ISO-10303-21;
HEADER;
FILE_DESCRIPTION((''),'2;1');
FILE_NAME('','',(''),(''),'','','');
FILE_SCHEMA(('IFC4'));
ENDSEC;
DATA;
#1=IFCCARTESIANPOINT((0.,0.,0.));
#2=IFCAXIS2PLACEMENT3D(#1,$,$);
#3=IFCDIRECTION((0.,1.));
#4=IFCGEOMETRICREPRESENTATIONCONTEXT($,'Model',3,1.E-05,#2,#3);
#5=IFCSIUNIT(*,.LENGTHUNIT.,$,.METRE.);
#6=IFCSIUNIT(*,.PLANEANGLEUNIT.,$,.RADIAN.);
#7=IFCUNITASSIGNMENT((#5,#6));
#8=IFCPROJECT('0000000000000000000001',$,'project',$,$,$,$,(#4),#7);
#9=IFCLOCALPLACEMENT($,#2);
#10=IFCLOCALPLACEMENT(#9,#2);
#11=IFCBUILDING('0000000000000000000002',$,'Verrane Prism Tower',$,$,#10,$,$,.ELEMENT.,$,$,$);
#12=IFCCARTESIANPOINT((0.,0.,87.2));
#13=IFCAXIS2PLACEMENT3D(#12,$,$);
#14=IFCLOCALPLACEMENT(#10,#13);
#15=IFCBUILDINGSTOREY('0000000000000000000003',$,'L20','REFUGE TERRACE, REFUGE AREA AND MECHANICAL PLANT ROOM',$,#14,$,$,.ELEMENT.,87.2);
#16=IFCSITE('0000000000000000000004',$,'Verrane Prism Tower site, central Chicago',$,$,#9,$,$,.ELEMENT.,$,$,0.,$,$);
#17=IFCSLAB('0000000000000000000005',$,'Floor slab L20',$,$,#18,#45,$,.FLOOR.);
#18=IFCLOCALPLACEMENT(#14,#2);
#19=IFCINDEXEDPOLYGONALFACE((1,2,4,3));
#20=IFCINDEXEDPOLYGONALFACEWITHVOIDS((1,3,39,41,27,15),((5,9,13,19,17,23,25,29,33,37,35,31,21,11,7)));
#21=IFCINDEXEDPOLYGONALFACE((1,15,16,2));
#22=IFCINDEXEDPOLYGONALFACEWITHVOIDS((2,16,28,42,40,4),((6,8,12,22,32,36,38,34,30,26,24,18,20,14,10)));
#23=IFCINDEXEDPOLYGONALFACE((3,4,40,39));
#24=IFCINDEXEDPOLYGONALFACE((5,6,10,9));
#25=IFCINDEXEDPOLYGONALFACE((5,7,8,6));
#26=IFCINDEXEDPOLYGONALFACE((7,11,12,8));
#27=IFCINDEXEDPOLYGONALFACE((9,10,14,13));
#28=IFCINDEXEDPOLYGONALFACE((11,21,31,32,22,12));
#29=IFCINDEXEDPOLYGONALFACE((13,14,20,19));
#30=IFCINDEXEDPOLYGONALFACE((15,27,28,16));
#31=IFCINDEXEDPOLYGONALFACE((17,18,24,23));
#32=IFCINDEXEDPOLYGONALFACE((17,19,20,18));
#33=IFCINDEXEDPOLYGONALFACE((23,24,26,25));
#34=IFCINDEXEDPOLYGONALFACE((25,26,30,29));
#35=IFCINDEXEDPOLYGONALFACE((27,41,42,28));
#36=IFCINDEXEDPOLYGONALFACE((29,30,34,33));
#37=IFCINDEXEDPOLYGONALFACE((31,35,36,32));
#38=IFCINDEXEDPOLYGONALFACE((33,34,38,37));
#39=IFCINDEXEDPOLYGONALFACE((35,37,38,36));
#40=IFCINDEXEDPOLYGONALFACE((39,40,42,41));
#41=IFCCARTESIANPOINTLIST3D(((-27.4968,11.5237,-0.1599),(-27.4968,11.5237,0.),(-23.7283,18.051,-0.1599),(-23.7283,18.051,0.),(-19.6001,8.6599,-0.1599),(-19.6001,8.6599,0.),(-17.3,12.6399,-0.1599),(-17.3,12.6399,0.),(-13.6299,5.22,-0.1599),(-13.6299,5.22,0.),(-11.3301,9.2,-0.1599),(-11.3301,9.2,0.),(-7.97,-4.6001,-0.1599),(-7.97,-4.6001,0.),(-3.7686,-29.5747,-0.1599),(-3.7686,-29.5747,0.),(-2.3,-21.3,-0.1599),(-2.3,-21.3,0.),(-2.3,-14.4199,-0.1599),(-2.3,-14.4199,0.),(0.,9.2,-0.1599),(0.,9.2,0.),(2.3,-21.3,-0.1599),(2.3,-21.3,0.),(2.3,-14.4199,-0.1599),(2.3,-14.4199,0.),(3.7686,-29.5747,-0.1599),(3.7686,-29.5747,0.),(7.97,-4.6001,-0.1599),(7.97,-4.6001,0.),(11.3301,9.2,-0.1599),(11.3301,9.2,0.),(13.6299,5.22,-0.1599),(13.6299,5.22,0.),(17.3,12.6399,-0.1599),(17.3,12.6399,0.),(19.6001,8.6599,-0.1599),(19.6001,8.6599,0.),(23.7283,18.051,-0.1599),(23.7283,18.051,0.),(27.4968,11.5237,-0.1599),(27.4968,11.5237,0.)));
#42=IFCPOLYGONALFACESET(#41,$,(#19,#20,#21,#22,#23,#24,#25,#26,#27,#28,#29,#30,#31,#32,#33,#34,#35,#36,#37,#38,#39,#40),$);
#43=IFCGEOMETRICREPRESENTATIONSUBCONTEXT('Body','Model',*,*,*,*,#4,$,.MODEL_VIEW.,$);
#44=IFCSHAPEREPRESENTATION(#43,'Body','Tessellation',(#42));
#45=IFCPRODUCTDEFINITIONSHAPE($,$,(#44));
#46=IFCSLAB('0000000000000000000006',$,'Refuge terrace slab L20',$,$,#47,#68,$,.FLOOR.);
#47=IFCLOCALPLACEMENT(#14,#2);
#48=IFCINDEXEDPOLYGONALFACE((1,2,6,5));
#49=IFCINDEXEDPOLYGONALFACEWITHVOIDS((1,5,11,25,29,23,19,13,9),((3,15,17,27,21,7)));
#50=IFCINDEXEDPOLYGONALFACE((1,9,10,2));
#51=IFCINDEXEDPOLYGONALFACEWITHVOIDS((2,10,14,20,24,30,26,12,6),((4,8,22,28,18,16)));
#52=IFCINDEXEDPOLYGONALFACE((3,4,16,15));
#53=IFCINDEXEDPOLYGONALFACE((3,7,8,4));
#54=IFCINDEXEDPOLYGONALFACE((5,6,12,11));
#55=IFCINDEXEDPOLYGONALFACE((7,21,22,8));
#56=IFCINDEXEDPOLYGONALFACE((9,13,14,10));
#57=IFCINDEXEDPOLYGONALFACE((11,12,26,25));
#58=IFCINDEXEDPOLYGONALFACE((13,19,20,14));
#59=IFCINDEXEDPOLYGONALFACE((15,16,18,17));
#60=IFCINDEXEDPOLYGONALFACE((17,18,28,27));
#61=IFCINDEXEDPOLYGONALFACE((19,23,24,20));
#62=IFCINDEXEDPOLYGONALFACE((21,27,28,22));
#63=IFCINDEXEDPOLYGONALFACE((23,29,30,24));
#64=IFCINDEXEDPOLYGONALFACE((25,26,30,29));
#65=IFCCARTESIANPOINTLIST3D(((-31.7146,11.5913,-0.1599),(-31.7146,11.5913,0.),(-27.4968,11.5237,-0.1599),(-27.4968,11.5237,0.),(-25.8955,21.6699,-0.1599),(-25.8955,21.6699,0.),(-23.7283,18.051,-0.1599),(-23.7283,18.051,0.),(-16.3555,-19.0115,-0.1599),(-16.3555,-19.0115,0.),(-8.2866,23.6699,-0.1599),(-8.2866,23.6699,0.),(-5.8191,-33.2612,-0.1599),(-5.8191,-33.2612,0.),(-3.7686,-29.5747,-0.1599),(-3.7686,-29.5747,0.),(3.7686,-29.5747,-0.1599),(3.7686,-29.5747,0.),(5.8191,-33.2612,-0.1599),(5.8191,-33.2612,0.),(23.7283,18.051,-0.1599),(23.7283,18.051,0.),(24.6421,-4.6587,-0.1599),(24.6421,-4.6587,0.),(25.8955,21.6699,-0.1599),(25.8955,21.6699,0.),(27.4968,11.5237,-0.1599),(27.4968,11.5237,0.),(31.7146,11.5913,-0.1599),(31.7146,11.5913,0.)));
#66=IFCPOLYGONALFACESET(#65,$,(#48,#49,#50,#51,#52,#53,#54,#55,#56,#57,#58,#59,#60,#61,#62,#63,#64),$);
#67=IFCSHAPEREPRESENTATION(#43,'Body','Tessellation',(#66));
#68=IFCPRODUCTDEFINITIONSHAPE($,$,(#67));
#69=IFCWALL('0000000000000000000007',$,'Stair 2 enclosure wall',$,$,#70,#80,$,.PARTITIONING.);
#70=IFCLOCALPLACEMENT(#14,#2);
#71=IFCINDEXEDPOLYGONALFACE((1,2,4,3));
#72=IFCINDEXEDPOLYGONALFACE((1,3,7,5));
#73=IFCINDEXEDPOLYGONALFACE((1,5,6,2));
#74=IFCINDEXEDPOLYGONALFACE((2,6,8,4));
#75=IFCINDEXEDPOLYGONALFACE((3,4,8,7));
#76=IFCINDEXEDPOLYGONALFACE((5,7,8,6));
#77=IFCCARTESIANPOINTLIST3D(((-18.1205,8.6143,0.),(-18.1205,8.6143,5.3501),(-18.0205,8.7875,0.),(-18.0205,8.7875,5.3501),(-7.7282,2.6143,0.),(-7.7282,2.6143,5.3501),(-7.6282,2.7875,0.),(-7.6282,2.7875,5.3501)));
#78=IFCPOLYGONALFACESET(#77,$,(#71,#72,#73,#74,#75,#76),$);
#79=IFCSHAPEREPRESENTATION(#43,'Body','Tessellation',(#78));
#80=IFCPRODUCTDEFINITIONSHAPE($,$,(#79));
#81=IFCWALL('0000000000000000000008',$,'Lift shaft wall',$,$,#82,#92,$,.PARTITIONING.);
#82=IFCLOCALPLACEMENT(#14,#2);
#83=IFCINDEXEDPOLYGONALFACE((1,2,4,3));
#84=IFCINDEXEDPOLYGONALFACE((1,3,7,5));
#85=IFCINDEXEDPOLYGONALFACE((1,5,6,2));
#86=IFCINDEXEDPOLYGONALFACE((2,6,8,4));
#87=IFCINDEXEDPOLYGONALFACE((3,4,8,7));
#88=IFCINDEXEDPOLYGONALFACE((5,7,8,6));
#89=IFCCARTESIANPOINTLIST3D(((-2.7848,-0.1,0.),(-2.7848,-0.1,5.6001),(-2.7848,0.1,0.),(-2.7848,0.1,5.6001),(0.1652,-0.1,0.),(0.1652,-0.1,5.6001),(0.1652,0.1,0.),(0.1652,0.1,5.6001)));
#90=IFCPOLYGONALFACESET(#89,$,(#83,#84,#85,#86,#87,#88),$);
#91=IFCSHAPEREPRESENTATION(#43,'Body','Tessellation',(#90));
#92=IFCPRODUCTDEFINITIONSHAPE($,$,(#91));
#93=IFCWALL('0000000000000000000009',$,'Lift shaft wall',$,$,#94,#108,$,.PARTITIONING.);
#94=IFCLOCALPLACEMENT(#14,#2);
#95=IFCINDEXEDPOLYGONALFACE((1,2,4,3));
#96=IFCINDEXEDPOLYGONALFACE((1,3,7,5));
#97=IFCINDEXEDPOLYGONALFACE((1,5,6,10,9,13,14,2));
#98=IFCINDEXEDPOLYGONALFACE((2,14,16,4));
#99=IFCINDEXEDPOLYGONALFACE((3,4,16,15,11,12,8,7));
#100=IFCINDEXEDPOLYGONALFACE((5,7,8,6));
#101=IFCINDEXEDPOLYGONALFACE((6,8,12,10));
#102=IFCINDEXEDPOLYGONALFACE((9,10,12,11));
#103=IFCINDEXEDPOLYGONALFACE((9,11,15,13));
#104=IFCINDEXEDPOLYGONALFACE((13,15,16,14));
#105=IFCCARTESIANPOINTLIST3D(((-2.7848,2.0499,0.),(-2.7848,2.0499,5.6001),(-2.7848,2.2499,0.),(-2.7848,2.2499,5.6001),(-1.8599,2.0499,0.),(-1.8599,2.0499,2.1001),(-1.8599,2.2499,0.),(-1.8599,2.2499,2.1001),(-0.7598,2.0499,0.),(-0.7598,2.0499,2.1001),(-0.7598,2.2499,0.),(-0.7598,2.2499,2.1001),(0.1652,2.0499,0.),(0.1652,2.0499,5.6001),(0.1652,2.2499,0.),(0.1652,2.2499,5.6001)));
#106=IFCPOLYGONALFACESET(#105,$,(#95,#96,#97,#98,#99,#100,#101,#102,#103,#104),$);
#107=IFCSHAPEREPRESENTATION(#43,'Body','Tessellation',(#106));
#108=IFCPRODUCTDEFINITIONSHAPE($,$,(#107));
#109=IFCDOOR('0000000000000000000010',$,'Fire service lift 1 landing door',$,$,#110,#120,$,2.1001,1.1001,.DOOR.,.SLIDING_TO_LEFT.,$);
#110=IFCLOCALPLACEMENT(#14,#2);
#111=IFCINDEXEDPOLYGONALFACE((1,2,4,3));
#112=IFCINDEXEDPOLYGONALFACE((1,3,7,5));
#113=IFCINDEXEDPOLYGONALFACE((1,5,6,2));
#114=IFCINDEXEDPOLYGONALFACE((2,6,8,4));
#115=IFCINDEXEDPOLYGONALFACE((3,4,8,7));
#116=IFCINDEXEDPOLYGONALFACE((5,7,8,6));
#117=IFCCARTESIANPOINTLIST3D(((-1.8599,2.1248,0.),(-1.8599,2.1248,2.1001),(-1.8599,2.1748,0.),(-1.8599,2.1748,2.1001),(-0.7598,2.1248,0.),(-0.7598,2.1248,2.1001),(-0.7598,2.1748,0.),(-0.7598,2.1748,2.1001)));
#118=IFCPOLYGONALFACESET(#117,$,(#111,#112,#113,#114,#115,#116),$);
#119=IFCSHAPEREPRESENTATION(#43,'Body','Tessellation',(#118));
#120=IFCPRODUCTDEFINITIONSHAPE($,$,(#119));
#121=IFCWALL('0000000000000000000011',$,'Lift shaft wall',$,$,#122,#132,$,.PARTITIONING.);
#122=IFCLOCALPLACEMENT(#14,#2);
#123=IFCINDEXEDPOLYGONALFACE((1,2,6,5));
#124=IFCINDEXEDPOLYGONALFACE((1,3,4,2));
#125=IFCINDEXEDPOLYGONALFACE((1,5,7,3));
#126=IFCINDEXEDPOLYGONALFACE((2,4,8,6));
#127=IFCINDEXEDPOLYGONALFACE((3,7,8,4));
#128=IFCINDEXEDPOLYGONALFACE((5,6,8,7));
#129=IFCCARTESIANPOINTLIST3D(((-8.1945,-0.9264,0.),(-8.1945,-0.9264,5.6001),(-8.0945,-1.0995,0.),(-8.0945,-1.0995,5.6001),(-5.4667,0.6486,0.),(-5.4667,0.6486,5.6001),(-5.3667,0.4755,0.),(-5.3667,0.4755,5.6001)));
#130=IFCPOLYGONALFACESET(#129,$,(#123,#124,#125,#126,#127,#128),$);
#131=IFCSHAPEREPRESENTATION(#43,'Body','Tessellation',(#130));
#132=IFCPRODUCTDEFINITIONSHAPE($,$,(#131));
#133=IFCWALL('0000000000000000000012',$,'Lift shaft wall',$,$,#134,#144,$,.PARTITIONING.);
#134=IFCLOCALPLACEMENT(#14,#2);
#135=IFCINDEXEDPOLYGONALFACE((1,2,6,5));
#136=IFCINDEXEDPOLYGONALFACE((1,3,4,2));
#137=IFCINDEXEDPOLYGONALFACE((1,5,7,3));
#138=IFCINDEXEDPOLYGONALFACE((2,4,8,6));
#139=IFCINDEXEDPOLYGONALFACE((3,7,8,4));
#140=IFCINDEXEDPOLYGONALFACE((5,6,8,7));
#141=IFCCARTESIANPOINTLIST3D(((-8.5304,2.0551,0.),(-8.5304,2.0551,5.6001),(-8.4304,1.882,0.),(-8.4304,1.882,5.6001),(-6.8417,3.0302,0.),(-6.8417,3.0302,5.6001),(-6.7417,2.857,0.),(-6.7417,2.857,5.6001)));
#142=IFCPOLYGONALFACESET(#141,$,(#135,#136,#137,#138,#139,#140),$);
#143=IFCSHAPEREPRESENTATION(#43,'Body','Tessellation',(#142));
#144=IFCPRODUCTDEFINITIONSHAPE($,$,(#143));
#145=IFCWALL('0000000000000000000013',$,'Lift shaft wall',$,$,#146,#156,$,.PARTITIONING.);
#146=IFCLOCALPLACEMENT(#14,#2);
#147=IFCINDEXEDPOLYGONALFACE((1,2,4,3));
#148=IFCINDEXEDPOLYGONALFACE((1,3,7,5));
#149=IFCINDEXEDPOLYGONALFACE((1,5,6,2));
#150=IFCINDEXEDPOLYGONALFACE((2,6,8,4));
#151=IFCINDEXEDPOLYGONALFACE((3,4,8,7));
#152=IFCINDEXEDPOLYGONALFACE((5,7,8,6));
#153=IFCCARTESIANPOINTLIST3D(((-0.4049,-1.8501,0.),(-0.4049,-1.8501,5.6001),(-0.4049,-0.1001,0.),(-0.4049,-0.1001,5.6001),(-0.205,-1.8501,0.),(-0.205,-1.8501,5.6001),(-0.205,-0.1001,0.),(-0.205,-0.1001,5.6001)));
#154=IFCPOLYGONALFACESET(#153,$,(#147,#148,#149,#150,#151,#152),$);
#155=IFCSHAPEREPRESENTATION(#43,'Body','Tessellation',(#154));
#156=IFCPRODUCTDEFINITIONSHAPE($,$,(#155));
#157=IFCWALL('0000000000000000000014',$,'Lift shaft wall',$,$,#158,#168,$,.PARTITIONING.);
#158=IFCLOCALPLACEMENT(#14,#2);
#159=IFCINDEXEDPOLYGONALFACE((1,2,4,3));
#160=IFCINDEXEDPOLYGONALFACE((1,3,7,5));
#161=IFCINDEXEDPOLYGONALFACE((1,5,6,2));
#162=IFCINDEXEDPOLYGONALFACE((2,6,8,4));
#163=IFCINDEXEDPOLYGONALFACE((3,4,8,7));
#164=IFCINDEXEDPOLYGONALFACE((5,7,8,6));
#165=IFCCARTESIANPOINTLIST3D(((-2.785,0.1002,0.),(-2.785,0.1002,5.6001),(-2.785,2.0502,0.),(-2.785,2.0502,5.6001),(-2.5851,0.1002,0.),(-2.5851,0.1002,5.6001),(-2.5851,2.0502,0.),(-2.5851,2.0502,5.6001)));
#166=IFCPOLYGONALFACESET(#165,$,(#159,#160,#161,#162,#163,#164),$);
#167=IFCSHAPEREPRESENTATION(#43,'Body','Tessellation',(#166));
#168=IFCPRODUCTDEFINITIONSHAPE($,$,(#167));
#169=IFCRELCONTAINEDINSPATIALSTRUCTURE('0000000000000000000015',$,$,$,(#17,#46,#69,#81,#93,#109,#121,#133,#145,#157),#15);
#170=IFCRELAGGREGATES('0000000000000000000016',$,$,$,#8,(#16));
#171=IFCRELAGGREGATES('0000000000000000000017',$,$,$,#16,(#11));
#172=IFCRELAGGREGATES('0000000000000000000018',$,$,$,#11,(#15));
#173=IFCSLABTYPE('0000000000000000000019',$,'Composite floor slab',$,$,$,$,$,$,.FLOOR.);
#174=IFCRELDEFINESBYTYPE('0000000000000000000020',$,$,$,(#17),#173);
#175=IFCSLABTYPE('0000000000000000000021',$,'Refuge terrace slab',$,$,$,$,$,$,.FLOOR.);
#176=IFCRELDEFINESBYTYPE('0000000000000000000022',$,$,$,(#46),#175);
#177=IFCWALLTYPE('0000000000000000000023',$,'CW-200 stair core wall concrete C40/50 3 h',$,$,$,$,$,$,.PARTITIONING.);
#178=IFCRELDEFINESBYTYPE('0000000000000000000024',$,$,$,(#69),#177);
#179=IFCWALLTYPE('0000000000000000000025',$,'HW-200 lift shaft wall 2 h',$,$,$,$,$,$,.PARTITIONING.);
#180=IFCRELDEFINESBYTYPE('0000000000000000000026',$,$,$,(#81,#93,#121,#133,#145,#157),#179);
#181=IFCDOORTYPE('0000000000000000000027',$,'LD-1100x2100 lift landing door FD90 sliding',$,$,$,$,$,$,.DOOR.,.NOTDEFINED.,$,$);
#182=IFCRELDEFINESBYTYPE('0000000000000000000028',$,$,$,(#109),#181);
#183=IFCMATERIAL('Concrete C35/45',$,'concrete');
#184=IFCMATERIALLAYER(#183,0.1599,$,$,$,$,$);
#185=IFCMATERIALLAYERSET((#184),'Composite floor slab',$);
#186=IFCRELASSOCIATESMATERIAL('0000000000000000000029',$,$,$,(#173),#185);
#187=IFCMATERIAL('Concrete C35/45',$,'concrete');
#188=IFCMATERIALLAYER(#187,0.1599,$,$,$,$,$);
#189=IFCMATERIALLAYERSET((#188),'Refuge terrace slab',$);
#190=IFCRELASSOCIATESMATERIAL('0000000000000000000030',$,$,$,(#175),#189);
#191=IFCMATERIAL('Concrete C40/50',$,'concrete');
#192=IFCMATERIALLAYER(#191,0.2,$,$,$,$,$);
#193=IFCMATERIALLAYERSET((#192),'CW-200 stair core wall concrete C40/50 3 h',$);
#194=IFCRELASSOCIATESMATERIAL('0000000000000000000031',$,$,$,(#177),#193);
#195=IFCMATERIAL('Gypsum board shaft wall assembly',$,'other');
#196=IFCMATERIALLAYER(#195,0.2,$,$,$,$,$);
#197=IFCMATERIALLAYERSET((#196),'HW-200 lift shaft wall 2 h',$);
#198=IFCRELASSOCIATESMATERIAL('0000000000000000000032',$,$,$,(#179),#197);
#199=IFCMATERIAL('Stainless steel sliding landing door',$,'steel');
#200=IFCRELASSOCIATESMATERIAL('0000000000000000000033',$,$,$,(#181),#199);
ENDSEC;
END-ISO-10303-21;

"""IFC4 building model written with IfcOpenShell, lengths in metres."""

from ifc_helpers import new_model, si_unit, direction, frame, frame_2d, origin, place, context, subcontext, project, spatial, polyline, rectangle, outline, extrude, material, layer, layer_set, type_object, element, fill, save


model = new_model("IFC4")

# Units and contexts
model_context = context("Model", 3, precision=1e-05, world=origin(), true_north=direction((0.0, 1.0)))
body_context = subcontext(model_context, "Body", "Model", "MODEL_VIEW")
ifc_project = project(units=[si_unit("LENGTHUNIT", "METRE"), si_unit("PLANEANGLEUNIT", "RADIAN")], contexts=[model_context])

# Site, building, storey
site_placement = place(None, origin())
site = spatial("IfcSite", under=ifc_project, at=site_placement, Name="Verrane Prism Tower site, central Chicago", CompositionType="ELEMENT", RefElevation=0.0)
building_placement = place(site_placement, origin())
building = spatial("IfcBuilding", under=site, at=building_placement, Name="Verrane Prism Tower", CompositionType="ELEMENT")
storey_placement = place(building_placement, frame((0.0, 0.0, 87.2)))
storey = spatial("IfcBuildingStorey", under=building, at=storey_placement, Name="L20", Description="REFUGE TERRACE, REFUGE AREA AND MECHANICAL PLANT ROOM", CompositionType="ELEMENT", Elevation=87.2)

# Slabs
ifc_material_1 = material(Name="Concrete C35/45", Category="concrete")
ifc_layer_1 = layer(ifc_material_1, 0.1599)
ifc_layer_set_1 = layer_set([ifc_layer_1], Name="Composite floor slab")
slab_type_1 = type_object("IfcSlabType", Name="Composite floor slab", PredefinedType="FLOOR", material=ifc_layer_set_1)
slab_1_placement = place(storey_placement, frame((0.0, 0.0, -0.1599)))
element("IfcSlab", 1, at=slab_1_placement, inside=storey, type_object=slab_type_1, Name="Floor slab L20", PredefinedType="FLOOR", context=body_context, shape_type="SweptSolid", body=[
    extrude(outline(polyline([(-3.7686, -29.5747), (-27.4968, 11.5237), (-23.7283, 18.051), (23.7283, 18.051), (27.4968, 11.5237), (3.7686, -29.5747), (-3.7686, -29.5747)]), holes=[polyline([(17.3, 12.6399), (11.3301, 9.2), (0.0, 9.2), (-11.3301, 9.2), (-17.3, 12.6399), (-19.6001, 8.6599), (-13.6299, 5.22), (-7.97, -4.6001), (-2.3, -14.4199), (-2.3, -21.3), (2.3, -21.3), (2.3, -14.4199), (7.97, -4.6001), (13.6299, 5.22), (19.6001, 8.6599), (17.3, 12.6399)])]), origin(), (0.0, 0.0, 1.0), 0.1599),
])
ifc_material_2 = material(Name="Concrete C35/45", Category="concrete")
ifc_layer_2 = layer(ifc_material_2, 0.1599)
ifc_layer_set_2 = layer_set([ifc_layer_2], Name="Refuge terrace slab")
slab_type_2 = type_object("IfcSlabType", Name="Refuge terrace slab", PredefinedType="FLOOR", material=ifc_layer_set_2)
slab_2_placement = place(storey_placement, frame((0.0, 0.0, -0.1599)))
element("IfcSlab", 2, at=slab_2_placement, inside=storey, type_object=slab_type_2, Name="Refuge terrace slab L20", PredefinedType="FLOOR", context=body_context, shape_type="SweptSolid", body=[
    extrude(outline(polyline([(5.8191, -33.2612), (-5.8191, -33.2612), (-16.3555, -19.0115), (-31.7146, 11.5913), (-25.8955, 21.6699), (-8.2866, 23.6699), (25.8955, 21.6699), (31.7146, 11.5913), (24.6421, -4.6587), (5.8191, -33.2612)]), holes=[polyline([(27.4968, 11.5237), (23.7283, 18.051), (-23.7283, 18.051), (-27.4968, 11.5237), (-3.7686, -29.5747), (3.7686, -29.5747), (27.4968, 11.5237)])]), origin(), (0.0, 0.0, 1.0), 0.1599),
])

# Walls
ifc_material_3 = material(Name="Concrete C40/50", Category="concrete")
ifc_layer_3 = layer(ifc_material_3, 0.2)
ifc_layer_set_3 = layer_set([ifc_layer_3], Name="CW-200 stair core wall concrete C40/50 3 h")
wall_type_1 = type_object("IfcWallType", Name="CW-200 stair core wall concrete C40/50 3 h", PredefinedType="PARTITIONING", material=ifc_layer_set_3)
wall_1_placement = place(storey_placement, frame((-7.6782, 2.7009, 0.0), z_axis=(0.0, 0.0, 1.0), x_axis=(-0.866026, 0.499999, 0.0)))
element("IfcWall", 3, at=wall_1_placement, inside=storey, type_object=wall_type_1, Name="Stair 2 enclosure wall", PredefinedType="PARTITIONING", context=body_context, shape_type="SweptSolid", body=[
    extrude(rectangle(XDim=12.0, YDim=0.2, at=frame_2d((6.0, 0.0))), origin(), (0.0, 0.0, 1.0), 5.3501),
])
ifc_material_4 = material(Name="Gypsum board shaft wall assembly", Category="other")
ifc_layer_4 = layer(ifc_material_4, 0.2)
ifc_layer_set_4 = layer_set([ifc_layer_4], Name="HW-200 lift shaft wall 2 h")
wall_type_2 = type_object("IfcWallType", Name="HW-200 lift shaft wall 2 h", PredefinedType="PARTITIONING", material=ifc_layer_set_4)
wall_2_placement = place(storey_placement, frame((-2.7849, 0.0, 0.0), z_axis=(0.0, 0.0, 1.0), x_axis=(1.0, 0.0, 0.0)))
element("IfcWall", 4, at=wall_2_placement, inside=storey, type_object=wall_type_2, Name="Lift shaft wall", PredefinedType="PARTITIONING", context=body_context, shape_type="SweptSolid", body=[
    extrude(rectangle(XDim=2.95, YDim=0.2, at=frame_2d((1.4751, 0.0))), origin(), (0.0, 0.0, 1.0), 5.6001),
])

# Wall, opening, door
wall_3_placement = place(storey_placement, frame((-2.7849, 2.1499, 0.0), z_axis=(0.0, 0.0, 1.0), x_axis=(1.0, 0.0, 0.0)))
wall_3 = element("IfcWall", 5, at=wall_3_placement, inside=storey, type_object=wall_type_2, Name="Lift shaft wall", PredefinedType="PARTITIONING", context=body_context, shape_type="SweptSolid", body=[
    extrude(rectangle(XDim=2.95, YDim=0.2, at=frame_2d((1.4751, 0.0))), origin(), (0.0, 0.0, 1.0), 5.6001),
])
opening_1_placement = place(wall_3_placement, frame((0.925, 0.0, 0.0)))
opening_1 = element("IfcOpeningElement", 6, at=opening_1_placement, cuts=wall_3, PredefinedType="OPENING", context=body_context, shape_type="SweptSolid", body=[
    extrude(rectangle(XDim=1.1001, YDim=2.1001, at=frame_2d((0.55, 1.05))), frame((0.0, 0.1099, 0.0), z_axis=(0.0, -1.0, 0.0), x_axis=(1.0, 0.0, 0.0)), (0.0, 0.0, 1.0), 0.22),
])
ifc_material_5 = material(Name="Stainless steel sliding landing door", Category="steel")
door_type = type_object("IfcDoorType", Name="LD-1100x2100 lift landing door FD90 sliding", OperationType="NOTDEFINED", PredefinedType="DOOR", material=ifc_material_5)
door_1_placement = place(opening_1_placement, origin())
door_1 = element("IfcDoor", 7, at=door_1_placement, inside=storey, type_object=door_type, Name="Fire service lift 1 landing door", OperationType="SLIDING_TO_LEFT", OverallHeight=2.1001, OverallWidth=1.1001, PredefinedType="DOOR", context=body_context, shape_type="SweptSolid", body=[
    extrude(rectangle(XDim=1.1001, YDim=2.1001, at=frame_2d((0.55, 1.05))), frame((0.0, 0.0249, 0.0), z_axis=(0.0, -1.0, 0.0), x_axis=(1.0, 0.0, 0.0)), (0.0, 0.0, 1.0), 0.05),
])
fill(opening_1, door_1)

# Walls
wall_4_placement = place(storey_placement, frame((-8.1445, -1.0129, 0.0), z_axis=(0.0, 0.0, 1.0), x_axis=(0.866016, 0.500015, 0.0)))
element("IfcWall", 8, at=wall_4_placement, inside=storey, type_object=wall_type_2, Name="Lift shaft wall", PredefinedType="PARTITIONING", context=body_context, shape_type="SweptSolid", body=[
    extrude(rectangle(XDim=3.1499, YDim=0.2, at=frame_2d((1.575, 0.0))), origin(), (0.0, 0.0, 1.0), 5.6001),
])
wall_5_placement = place(storey_placement, frame((-8.4805, 1.9685, 0.0), z_axis=(0.0, 0.0, 1.0), x_axis=(0.866, 0.500044, 0.0)))
element("IfcWall", 9, at=wall_5_placement, inside=storey, type_object=wall_type_2, Name="Lift shaft wall", PredefinedType="PARTITIONING", context=body_context, shape_type="SweptSolid", body=[
    extrude(rectangle(XDim=1.95, YDim=0.2, at=frame_2d((0.9751, 0.0))), origin(), (0.0, 0.0, 1.0), 5.6001),
])
wall_6_placement = place(storey_placement, frame((-0.3049, -1.8501, 0.0), z_axis=(0.0, 0.0, 1.0), x_axis=(0.0, 1.0, 0.0)))
element("IfcWall", 10, at=wall_6_placement, inside=storey, type_object=wall_type_2, Name="Lift shaft wall", PredefinedType="PARTITIONING", context=body_context, shape_type="SweptSolid", body=[
    extrude(rectangle(XDim=1.75, YDim=0.2, at=frame_2d((0.875, 0.0))), origin(), (0.0, 0.0, 1.0), 5.6001),
])
wall_7_placement = place(storey_placement, frame((-2.6851, 0.1001, 0.0), z_axis=(0.0, 0.0, 1.0), x_axis=(0.0, 1.0, 0.0)))
element("IfcWall", 11, at=wall_7_placement, inside=storey, type_object=wall_type_2, Name="Lift shaft wall", PredefinedType="PARTITIONING", context=body_context, shape_type="SweptSolid", body=[
    extrude(rectangle(XDim=1.95, YDim=0.2, at=frame_2d((0.9751, 0.0))), origin(), (0.0, 0.0, 1.0), 5.6001),
])

save(model, "model.ifc")
